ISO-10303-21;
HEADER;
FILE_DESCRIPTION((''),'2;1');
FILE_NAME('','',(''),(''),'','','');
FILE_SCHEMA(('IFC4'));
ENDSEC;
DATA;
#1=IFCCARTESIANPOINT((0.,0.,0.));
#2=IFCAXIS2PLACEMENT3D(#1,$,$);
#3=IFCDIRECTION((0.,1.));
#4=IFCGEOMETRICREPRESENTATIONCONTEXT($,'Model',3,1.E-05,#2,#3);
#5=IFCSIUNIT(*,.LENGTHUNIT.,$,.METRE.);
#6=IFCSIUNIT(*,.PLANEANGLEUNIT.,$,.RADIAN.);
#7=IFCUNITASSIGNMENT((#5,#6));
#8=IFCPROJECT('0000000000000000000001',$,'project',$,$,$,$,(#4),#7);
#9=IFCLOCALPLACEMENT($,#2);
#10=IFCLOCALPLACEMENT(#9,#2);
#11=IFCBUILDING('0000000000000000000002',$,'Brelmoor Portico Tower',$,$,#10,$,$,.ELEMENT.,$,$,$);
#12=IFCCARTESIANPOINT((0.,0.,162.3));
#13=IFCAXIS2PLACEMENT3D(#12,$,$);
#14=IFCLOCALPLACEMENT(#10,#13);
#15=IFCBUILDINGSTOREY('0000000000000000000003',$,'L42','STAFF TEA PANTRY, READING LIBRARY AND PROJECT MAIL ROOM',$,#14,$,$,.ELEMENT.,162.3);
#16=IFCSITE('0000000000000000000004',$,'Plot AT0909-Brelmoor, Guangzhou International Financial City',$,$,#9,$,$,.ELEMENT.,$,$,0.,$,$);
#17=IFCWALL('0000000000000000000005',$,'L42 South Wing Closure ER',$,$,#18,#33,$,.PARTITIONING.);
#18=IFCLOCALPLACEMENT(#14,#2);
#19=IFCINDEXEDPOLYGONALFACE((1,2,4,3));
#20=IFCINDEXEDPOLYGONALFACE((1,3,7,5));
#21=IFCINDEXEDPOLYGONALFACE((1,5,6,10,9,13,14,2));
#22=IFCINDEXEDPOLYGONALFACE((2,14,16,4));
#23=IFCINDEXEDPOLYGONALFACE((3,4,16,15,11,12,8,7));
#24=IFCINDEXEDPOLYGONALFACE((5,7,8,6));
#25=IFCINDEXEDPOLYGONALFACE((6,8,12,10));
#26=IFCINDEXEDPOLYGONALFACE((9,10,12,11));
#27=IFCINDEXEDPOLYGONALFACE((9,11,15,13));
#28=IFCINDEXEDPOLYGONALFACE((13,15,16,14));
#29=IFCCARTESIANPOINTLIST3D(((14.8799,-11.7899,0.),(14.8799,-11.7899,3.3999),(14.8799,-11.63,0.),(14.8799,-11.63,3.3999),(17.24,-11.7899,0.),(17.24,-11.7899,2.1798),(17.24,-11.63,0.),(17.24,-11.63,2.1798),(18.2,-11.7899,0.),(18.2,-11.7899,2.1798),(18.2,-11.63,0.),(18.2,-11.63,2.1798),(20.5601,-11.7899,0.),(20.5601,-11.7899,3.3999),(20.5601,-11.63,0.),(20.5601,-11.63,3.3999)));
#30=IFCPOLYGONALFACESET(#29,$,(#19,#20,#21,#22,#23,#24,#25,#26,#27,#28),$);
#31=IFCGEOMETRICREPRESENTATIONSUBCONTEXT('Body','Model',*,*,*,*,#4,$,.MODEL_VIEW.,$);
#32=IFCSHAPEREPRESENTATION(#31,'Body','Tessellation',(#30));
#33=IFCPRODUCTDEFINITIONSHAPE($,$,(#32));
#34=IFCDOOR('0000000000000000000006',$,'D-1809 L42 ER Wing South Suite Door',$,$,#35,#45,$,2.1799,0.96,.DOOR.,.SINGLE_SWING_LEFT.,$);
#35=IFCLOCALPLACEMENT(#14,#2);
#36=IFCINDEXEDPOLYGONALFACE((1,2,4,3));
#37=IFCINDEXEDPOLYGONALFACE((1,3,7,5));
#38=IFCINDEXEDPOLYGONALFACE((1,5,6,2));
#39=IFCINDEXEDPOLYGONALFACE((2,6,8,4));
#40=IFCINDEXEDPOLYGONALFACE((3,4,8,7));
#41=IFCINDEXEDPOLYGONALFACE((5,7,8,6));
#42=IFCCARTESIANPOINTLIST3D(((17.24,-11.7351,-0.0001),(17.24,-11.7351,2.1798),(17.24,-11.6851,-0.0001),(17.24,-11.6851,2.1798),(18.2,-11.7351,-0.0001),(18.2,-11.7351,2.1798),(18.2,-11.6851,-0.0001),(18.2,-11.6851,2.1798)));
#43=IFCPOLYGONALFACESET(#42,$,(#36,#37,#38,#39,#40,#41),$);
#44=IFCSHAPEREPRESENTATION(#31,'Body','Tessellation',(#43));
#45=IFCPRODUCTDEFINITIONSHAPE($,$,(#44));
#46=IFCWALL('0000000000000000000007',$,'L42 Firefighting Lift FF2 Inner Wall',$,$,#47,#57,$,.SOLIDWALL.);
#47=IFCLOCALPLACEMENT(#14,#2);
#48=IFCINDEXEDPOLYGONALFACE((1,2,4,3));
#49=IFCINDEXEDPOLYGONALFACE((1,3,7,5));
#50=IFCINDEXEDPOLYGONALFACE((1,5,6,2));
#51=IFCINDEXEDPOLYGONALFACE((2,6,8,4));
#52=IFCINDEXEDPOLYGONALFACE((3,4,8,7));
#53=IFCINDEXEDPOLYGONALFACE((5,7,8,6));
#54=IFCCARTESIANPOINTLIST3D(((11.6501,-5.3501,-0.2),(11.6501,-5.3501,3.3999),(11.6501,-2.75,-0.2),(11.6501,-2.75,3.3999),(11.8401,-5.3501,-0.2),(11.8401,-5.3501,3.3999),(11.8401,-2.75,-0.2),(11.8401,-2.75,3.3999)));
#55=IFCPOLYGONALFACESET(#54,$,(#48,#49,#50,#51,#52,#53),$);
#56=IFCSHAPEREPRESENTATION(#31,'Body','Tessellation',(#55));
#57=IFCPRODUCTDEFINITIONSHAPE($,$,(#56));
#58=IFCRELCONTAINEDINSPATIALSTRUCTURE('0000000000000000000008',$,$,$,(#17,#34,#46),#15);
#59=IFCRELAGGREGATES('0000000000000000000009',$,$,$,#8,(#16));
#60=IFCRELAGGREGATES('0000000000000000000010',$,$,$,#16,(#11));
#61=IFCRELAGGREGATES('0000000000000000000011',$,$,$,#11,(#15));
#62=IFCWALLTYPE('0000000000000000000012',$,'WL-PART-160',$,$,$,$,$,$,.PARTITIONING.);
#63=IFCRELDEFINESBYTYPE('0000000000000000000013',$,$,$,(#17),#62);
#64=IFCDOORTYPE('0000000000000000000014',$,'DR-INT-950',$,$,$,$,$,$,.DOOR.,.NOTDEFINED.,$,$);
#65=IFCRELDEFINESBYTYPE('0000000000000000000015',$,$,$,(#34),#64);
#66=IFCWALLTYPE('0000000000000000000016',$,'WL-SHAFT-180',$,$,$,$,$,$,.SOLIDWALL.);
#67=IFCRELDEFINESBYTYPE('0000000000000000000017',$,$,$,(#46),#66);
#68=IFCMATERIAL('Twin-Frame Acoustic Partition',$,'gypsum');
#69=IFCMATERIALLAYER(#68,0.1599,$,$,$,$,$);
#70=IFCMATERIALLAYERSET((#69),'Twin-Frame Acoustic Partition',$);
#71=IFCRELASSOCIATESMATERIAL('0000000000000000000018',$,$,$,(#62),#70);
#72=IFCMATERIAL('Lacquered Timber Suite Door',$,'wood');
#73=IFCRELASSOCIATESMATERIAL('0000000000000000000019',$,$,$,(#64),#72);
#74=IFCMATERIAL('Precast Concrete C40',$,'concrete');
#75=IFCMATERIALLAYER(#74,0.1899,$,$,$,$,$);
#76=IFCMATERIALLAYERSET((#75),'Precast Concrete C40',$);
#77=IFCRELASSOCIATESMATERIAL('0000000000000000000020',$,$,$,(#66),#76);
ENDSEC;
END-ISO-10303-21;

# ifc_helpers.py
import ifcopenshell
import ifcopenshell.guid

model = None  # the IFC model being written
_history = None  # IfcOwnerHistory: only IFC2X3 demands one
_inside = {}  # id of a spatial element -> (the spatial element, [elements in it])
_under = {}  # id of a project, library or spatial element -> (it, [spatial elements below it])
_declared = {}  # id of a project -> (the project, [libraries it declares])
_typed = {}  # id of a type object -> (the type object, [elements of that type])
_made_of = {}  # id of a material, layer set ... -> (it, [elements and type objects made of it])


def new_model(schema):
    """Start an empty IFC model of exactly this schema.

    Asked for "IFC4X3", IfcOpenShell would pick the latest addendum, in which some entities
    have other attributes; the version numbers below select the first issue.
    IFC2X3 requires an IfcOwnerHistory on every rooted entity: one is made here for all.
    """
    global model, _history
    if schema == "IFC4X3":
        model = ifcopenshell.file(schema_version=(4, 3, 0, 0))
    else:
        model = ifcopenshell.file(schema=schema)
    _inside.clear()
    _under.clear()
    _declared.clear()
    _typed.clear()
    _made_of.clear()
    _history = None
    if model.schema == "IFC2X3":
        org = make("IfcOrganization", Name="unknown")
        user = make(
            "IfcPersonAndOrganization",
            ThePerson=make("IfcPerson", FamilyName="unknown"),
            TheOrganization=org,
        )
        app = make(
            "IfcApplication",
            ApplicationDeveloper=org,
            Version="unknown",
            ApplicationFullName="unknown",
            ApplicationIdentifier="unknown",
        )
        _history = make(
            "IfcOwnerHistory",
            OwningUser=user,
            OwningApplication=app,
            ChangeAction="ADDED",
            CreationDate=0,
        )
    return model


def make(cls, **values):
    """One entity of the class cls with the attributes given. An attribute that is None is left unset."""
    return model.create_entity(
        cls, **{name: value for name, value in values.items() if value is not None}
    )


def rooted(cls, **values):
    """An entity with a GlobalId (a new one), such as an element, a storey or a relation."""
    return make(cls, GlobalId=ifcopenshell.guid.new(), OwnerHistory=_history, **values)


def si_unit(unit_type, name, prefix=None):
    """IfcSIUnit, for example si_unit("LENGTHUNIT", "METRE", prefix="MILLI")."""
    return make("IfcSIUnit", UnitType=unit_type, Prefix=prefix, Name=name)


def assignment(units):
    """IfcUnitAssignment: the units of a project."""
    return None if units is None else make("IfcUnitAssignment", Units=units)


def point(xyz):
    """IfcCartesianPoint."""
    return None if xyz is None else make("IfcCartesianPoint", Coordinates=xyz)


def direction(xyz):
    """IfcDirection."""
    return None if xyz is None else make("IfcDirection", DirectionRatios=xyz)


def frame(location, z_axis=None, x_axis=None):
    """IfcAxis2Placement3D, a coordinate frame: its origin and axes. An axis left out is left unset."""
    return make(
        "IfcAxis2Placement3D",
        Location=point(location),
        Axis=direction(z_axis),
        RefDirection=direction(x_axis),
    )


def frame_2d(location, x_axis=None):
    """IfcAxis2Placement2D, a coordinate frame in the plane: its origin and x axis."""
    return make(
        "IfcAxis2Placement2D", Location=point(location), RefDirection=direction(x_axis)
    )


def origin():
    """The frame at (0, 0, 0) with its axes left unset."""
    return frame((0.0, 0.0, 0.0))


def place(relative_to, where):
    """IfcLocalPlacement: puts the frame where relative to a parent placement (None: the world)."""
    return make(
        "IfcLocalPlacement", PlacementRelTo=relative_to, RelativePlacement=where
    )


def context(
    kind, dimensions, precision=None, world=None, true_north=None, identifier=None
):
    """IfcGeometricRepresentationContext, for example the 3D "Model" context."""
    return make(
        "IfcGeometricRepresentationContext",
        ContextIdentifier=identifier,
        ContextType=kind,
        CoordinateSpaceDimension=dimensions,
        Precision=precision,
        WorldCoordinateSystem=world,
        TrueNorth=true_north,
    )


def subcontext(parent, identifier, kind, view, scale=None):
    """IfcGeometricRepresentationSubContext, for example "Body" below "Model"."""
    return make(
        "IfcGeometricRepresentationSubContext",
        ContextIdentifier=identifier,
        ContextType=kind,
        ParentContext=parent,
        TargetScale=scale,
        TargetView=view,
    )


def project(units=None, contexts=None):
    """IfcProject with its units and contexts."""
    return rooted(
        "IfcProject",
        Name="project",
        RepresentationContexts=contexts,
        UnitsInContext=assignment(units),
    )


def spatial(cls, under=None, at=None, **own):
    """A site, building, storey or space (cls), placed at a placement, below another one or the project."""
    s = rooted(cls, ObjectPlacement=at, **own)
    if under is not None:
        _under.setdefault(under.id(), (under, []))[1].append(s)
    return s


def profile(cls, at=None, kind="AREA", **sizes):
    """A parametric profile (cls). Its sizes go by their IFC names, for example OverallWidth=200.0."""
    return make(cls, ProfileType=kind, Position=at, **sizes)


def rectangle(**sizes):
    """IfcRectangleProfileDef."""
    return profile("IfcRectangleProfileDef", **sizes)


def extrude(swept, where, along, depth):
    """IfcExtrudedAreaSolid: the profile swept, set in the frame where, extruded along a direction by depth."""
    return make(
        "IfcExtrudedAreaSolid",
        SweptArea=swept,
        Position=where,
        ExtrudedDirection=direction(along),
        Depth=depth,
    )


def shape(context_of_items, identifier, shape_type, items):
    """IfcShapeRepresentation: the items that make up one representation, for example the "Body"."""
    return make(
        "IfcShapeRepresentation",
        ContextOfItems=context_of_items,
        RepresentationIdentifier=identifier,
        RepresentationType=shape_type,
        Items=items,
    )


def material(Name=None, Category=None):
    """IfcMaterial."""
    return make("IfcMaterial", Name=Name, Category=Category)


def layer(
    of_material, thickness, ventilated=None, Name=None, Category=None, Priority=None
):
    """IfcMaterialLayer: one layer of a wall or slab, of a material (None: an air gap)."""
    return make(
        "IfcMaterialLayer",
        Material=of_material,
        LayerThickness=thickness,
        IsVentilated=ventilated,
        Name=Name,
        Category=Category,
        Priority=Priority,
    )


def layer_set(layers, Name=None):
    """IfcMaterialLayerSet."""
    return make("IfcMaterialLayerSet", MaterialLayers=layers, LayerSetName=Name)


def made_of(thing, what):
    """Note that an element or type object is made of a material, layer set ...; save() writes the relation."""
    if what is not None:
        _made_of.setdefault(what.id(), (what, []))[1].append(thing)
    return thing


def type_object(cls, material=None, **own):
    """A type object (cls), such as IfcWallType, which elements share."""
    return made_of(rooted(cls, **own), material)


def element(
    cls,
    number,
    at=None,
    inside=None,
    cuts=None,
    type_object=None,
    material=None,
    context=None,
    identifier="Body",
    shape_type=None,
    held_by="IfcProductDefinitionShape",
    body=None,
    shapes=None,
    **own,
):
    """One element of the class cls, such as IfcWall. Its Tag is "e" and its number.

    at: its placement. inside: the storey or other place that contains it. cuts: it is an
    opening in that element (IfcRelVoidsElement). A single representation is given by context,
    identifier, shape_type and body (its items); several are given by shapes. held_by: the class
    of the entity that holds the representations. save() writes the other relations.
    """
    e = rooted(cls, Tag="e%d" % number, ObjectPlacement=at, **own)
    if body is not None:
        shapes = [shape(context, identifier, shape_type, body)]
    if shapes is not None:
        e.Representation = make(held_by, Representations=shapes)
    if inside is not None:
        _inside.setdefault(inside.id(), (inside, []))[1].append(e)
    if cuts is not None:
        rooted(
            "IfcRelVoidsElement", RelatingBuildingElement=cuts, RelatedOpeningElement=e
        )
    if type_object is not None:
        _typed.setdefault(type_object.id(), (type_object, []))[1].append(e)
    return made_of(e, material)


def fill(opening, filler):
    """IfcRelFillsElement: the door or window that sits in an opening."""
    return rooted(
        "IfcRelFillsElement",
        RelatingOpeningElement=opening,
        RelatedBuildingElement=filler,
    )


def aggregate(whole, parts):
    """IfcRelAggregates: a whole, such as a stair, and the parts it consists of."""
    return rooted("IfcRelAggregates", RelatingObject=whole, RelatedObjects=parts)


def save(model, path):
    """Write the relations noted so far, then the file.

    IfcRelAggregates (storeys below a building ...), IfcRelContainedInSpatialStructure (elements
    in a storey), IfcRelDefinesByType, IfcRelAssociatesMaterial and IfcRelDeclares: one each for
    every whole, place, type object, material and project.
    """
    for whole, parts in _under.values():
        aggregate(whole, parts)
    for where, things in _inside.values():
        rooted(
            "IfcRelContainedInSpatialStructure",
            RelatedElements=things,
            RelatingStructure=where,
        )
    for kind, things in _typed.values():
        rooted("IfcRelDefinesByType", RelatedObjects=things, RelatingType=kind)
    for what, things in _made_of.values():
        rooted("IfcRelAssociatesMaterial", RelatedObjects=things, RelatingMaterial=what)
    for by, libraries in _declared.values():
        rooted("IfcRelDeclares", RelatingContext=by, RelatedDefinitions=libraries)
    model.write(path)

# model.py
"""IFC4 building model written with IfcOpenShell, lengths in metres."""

from ifc_helpers import new_model, si_unit, direction, frame, frame_2d, origin, place, context, subcontext, project, spatial, rectangle, extrude, material, layer, layer_set, type_object, element, fill, save


model = new_model("IFC4")

# Units and contexts
model_context = context("Model", 3, precision=1e-05, world=origin(), true_north=direction((0.0, 1.0)))
body_context = subcontext(model_context, "Body", "Model", "MODEL_VIEW")
ifc_project = project(units=[si_unit("LENGTHUNIT", "METRE"), si_unit("PLANEANGLEUNIT", "RADIAN")], contexts=[model_context])

# Site, building, storey
site_placement = place(None, origin())
site = spatial("IfcSite", under=ifc_project, at=site_placement, Name="Plot AT0909-Brelmoor, Guangzhou International Financial City", CompositionType="ELEMENT", RefElevation=0.0)
building_placement = place(site_placement, origin())
building = spatial("IfcBuilding", under=site, at=building_placement, Name="Brelmoor Portico Tower", CompositionType="ELEMENT")
storey_placement = place(building_placement, frame((0.0, 0.0, 162.3)))
storey = spatial("IfcBuildingStorey", under=building, at=storey_placement, Name="L42", Description="STAFF TEA PANTRY, READING LIBRARY AND PROJECT MAIL ROOM", CompositionType="ELEMENT", Elevation=162.3)

# Wall, opening, door
ifc_material_1 = material(Name="Twin-Frame Acoustic Partition", Category="gypsum")
ifc_layer_1 = layer(ifc_material_1, 0.1599)
ifc_layer_set_1 = layer_set([ifc_layer_1], Name="Twin-Frame Acoustic Partition")
wall_type_1 = type_object("IfcWallType", Name="WL-PART-160", PredefinedType="PARTITIONING", material=ifc_layer_set_1)
wall_1_placement = place(storey_placement, frame((14.8799, -11.71, 0.0), z_axis=(0.0, 0.0, 1.0), x_axis=(1.0, 0.0, 0.0)))
wall_1 = element("IfcWall", 1, at=wall_1_placement, inside=storey, type_object=wall_type_1, Name="L42 South Wing Closure ER", PredefinedType="PARTITIONING", context=body_context, shape_type="SweptSolid", body=[
    extrude(rectangle(XDim=5.6802, YDim=0.1599, at=frame_2d((2.8401, 0.0))), origin(), (0.0, 0.0, 1.0), 3.3999),
])
opening_placement = place(wall_1_placement, frame((2.3601, 0.0, 0.0)))
opening = element("IfcOpeningElement", 2, at=opening_placement, cuts=wall_1, PredefinedType="OPENING", context=body_context, shape_type="SweptSolid", body=[
    extrude(rectangle(XDim=0.96, YDim=2.1799, at=frame_2d((0.48, 1.0898))), frame((0.0, 0.0898, 0.0), z_axis=(0.0, -1.0, 0.0), x_axis=(1.0, 0.0, 0.0)), (0.0, 0.0, 1.0), 0.1799),
])
ifc_material_2 = material(Name="Lacquered Timber Suite Door", Category="wood")
door_type = type_object("IfcDoorType", Name="DR-INT-950", OperationType="NOTDEFINED", PredefinedType="DOOR", material=ifc_material_2)
door_placement = place(opening_placement, origin())
door = element("IfcDoor", 3, at=door_placement, inside=storey, type_object=door_type, Name="D-1809 L42 ER Wing South Suite Door", OperationType="SINGLE_SWING_LEFT", OverallHeight=2.1799, OverallWidth=0.96, PredefinedType="DOOR", context=body_context, shape_type="SweptSolid", body=[
    extrude(rectangle(XDim=0.96, YDim=2.1799, at=frame_2d((0.48, 1.0898))), frame((0.0, 0.0249, 0.0), z_axis=(0.0, -1.0, 0.0), x_axis=(1.0, 0.0, 0.0)), (0.0, 0.0, 1.0), 0.05),
])
fill(opening, door)

# Wall
ifc_material_3 = material(Name="Precast Concrete C40", Category="concrete")
ifc_layer_2 = layer(ifc_material_3, 0.1899)
ifc_layer_set_2 = layer_set([ifc_layer_2], Name="Precast Concrete C40")
wall_type_2 = type_object("IfcWallType", Name="WL-SHAFT-180", PredefinedType="SOLIDWALL", material=ifc_layer_set_2)
wall_2_placement = place(storey_placement, frame((11.7451, -5.3501, -0.2), z_axis=(0.0, 0.0, 1.0), x_axis=(0.0, 1.0, 0.0)))
element("IfcWall", 4, at=wall_2_placement, inside=storey, type_object=wall_type_2, Name="L42 Firefighting Lift FF2 Inner Wall", PredefinedType="SOLIDWALL", context=body_context, shape_type="SweptSolid", body=[
    extrude(rectangle(XDim=2.6001, YDim=0.1899, at=frame_2d((1.3, 0.0))), origin(), (0.0, 0.0, 1.0), 3.5999),
])

save(model, "model.ifc")
